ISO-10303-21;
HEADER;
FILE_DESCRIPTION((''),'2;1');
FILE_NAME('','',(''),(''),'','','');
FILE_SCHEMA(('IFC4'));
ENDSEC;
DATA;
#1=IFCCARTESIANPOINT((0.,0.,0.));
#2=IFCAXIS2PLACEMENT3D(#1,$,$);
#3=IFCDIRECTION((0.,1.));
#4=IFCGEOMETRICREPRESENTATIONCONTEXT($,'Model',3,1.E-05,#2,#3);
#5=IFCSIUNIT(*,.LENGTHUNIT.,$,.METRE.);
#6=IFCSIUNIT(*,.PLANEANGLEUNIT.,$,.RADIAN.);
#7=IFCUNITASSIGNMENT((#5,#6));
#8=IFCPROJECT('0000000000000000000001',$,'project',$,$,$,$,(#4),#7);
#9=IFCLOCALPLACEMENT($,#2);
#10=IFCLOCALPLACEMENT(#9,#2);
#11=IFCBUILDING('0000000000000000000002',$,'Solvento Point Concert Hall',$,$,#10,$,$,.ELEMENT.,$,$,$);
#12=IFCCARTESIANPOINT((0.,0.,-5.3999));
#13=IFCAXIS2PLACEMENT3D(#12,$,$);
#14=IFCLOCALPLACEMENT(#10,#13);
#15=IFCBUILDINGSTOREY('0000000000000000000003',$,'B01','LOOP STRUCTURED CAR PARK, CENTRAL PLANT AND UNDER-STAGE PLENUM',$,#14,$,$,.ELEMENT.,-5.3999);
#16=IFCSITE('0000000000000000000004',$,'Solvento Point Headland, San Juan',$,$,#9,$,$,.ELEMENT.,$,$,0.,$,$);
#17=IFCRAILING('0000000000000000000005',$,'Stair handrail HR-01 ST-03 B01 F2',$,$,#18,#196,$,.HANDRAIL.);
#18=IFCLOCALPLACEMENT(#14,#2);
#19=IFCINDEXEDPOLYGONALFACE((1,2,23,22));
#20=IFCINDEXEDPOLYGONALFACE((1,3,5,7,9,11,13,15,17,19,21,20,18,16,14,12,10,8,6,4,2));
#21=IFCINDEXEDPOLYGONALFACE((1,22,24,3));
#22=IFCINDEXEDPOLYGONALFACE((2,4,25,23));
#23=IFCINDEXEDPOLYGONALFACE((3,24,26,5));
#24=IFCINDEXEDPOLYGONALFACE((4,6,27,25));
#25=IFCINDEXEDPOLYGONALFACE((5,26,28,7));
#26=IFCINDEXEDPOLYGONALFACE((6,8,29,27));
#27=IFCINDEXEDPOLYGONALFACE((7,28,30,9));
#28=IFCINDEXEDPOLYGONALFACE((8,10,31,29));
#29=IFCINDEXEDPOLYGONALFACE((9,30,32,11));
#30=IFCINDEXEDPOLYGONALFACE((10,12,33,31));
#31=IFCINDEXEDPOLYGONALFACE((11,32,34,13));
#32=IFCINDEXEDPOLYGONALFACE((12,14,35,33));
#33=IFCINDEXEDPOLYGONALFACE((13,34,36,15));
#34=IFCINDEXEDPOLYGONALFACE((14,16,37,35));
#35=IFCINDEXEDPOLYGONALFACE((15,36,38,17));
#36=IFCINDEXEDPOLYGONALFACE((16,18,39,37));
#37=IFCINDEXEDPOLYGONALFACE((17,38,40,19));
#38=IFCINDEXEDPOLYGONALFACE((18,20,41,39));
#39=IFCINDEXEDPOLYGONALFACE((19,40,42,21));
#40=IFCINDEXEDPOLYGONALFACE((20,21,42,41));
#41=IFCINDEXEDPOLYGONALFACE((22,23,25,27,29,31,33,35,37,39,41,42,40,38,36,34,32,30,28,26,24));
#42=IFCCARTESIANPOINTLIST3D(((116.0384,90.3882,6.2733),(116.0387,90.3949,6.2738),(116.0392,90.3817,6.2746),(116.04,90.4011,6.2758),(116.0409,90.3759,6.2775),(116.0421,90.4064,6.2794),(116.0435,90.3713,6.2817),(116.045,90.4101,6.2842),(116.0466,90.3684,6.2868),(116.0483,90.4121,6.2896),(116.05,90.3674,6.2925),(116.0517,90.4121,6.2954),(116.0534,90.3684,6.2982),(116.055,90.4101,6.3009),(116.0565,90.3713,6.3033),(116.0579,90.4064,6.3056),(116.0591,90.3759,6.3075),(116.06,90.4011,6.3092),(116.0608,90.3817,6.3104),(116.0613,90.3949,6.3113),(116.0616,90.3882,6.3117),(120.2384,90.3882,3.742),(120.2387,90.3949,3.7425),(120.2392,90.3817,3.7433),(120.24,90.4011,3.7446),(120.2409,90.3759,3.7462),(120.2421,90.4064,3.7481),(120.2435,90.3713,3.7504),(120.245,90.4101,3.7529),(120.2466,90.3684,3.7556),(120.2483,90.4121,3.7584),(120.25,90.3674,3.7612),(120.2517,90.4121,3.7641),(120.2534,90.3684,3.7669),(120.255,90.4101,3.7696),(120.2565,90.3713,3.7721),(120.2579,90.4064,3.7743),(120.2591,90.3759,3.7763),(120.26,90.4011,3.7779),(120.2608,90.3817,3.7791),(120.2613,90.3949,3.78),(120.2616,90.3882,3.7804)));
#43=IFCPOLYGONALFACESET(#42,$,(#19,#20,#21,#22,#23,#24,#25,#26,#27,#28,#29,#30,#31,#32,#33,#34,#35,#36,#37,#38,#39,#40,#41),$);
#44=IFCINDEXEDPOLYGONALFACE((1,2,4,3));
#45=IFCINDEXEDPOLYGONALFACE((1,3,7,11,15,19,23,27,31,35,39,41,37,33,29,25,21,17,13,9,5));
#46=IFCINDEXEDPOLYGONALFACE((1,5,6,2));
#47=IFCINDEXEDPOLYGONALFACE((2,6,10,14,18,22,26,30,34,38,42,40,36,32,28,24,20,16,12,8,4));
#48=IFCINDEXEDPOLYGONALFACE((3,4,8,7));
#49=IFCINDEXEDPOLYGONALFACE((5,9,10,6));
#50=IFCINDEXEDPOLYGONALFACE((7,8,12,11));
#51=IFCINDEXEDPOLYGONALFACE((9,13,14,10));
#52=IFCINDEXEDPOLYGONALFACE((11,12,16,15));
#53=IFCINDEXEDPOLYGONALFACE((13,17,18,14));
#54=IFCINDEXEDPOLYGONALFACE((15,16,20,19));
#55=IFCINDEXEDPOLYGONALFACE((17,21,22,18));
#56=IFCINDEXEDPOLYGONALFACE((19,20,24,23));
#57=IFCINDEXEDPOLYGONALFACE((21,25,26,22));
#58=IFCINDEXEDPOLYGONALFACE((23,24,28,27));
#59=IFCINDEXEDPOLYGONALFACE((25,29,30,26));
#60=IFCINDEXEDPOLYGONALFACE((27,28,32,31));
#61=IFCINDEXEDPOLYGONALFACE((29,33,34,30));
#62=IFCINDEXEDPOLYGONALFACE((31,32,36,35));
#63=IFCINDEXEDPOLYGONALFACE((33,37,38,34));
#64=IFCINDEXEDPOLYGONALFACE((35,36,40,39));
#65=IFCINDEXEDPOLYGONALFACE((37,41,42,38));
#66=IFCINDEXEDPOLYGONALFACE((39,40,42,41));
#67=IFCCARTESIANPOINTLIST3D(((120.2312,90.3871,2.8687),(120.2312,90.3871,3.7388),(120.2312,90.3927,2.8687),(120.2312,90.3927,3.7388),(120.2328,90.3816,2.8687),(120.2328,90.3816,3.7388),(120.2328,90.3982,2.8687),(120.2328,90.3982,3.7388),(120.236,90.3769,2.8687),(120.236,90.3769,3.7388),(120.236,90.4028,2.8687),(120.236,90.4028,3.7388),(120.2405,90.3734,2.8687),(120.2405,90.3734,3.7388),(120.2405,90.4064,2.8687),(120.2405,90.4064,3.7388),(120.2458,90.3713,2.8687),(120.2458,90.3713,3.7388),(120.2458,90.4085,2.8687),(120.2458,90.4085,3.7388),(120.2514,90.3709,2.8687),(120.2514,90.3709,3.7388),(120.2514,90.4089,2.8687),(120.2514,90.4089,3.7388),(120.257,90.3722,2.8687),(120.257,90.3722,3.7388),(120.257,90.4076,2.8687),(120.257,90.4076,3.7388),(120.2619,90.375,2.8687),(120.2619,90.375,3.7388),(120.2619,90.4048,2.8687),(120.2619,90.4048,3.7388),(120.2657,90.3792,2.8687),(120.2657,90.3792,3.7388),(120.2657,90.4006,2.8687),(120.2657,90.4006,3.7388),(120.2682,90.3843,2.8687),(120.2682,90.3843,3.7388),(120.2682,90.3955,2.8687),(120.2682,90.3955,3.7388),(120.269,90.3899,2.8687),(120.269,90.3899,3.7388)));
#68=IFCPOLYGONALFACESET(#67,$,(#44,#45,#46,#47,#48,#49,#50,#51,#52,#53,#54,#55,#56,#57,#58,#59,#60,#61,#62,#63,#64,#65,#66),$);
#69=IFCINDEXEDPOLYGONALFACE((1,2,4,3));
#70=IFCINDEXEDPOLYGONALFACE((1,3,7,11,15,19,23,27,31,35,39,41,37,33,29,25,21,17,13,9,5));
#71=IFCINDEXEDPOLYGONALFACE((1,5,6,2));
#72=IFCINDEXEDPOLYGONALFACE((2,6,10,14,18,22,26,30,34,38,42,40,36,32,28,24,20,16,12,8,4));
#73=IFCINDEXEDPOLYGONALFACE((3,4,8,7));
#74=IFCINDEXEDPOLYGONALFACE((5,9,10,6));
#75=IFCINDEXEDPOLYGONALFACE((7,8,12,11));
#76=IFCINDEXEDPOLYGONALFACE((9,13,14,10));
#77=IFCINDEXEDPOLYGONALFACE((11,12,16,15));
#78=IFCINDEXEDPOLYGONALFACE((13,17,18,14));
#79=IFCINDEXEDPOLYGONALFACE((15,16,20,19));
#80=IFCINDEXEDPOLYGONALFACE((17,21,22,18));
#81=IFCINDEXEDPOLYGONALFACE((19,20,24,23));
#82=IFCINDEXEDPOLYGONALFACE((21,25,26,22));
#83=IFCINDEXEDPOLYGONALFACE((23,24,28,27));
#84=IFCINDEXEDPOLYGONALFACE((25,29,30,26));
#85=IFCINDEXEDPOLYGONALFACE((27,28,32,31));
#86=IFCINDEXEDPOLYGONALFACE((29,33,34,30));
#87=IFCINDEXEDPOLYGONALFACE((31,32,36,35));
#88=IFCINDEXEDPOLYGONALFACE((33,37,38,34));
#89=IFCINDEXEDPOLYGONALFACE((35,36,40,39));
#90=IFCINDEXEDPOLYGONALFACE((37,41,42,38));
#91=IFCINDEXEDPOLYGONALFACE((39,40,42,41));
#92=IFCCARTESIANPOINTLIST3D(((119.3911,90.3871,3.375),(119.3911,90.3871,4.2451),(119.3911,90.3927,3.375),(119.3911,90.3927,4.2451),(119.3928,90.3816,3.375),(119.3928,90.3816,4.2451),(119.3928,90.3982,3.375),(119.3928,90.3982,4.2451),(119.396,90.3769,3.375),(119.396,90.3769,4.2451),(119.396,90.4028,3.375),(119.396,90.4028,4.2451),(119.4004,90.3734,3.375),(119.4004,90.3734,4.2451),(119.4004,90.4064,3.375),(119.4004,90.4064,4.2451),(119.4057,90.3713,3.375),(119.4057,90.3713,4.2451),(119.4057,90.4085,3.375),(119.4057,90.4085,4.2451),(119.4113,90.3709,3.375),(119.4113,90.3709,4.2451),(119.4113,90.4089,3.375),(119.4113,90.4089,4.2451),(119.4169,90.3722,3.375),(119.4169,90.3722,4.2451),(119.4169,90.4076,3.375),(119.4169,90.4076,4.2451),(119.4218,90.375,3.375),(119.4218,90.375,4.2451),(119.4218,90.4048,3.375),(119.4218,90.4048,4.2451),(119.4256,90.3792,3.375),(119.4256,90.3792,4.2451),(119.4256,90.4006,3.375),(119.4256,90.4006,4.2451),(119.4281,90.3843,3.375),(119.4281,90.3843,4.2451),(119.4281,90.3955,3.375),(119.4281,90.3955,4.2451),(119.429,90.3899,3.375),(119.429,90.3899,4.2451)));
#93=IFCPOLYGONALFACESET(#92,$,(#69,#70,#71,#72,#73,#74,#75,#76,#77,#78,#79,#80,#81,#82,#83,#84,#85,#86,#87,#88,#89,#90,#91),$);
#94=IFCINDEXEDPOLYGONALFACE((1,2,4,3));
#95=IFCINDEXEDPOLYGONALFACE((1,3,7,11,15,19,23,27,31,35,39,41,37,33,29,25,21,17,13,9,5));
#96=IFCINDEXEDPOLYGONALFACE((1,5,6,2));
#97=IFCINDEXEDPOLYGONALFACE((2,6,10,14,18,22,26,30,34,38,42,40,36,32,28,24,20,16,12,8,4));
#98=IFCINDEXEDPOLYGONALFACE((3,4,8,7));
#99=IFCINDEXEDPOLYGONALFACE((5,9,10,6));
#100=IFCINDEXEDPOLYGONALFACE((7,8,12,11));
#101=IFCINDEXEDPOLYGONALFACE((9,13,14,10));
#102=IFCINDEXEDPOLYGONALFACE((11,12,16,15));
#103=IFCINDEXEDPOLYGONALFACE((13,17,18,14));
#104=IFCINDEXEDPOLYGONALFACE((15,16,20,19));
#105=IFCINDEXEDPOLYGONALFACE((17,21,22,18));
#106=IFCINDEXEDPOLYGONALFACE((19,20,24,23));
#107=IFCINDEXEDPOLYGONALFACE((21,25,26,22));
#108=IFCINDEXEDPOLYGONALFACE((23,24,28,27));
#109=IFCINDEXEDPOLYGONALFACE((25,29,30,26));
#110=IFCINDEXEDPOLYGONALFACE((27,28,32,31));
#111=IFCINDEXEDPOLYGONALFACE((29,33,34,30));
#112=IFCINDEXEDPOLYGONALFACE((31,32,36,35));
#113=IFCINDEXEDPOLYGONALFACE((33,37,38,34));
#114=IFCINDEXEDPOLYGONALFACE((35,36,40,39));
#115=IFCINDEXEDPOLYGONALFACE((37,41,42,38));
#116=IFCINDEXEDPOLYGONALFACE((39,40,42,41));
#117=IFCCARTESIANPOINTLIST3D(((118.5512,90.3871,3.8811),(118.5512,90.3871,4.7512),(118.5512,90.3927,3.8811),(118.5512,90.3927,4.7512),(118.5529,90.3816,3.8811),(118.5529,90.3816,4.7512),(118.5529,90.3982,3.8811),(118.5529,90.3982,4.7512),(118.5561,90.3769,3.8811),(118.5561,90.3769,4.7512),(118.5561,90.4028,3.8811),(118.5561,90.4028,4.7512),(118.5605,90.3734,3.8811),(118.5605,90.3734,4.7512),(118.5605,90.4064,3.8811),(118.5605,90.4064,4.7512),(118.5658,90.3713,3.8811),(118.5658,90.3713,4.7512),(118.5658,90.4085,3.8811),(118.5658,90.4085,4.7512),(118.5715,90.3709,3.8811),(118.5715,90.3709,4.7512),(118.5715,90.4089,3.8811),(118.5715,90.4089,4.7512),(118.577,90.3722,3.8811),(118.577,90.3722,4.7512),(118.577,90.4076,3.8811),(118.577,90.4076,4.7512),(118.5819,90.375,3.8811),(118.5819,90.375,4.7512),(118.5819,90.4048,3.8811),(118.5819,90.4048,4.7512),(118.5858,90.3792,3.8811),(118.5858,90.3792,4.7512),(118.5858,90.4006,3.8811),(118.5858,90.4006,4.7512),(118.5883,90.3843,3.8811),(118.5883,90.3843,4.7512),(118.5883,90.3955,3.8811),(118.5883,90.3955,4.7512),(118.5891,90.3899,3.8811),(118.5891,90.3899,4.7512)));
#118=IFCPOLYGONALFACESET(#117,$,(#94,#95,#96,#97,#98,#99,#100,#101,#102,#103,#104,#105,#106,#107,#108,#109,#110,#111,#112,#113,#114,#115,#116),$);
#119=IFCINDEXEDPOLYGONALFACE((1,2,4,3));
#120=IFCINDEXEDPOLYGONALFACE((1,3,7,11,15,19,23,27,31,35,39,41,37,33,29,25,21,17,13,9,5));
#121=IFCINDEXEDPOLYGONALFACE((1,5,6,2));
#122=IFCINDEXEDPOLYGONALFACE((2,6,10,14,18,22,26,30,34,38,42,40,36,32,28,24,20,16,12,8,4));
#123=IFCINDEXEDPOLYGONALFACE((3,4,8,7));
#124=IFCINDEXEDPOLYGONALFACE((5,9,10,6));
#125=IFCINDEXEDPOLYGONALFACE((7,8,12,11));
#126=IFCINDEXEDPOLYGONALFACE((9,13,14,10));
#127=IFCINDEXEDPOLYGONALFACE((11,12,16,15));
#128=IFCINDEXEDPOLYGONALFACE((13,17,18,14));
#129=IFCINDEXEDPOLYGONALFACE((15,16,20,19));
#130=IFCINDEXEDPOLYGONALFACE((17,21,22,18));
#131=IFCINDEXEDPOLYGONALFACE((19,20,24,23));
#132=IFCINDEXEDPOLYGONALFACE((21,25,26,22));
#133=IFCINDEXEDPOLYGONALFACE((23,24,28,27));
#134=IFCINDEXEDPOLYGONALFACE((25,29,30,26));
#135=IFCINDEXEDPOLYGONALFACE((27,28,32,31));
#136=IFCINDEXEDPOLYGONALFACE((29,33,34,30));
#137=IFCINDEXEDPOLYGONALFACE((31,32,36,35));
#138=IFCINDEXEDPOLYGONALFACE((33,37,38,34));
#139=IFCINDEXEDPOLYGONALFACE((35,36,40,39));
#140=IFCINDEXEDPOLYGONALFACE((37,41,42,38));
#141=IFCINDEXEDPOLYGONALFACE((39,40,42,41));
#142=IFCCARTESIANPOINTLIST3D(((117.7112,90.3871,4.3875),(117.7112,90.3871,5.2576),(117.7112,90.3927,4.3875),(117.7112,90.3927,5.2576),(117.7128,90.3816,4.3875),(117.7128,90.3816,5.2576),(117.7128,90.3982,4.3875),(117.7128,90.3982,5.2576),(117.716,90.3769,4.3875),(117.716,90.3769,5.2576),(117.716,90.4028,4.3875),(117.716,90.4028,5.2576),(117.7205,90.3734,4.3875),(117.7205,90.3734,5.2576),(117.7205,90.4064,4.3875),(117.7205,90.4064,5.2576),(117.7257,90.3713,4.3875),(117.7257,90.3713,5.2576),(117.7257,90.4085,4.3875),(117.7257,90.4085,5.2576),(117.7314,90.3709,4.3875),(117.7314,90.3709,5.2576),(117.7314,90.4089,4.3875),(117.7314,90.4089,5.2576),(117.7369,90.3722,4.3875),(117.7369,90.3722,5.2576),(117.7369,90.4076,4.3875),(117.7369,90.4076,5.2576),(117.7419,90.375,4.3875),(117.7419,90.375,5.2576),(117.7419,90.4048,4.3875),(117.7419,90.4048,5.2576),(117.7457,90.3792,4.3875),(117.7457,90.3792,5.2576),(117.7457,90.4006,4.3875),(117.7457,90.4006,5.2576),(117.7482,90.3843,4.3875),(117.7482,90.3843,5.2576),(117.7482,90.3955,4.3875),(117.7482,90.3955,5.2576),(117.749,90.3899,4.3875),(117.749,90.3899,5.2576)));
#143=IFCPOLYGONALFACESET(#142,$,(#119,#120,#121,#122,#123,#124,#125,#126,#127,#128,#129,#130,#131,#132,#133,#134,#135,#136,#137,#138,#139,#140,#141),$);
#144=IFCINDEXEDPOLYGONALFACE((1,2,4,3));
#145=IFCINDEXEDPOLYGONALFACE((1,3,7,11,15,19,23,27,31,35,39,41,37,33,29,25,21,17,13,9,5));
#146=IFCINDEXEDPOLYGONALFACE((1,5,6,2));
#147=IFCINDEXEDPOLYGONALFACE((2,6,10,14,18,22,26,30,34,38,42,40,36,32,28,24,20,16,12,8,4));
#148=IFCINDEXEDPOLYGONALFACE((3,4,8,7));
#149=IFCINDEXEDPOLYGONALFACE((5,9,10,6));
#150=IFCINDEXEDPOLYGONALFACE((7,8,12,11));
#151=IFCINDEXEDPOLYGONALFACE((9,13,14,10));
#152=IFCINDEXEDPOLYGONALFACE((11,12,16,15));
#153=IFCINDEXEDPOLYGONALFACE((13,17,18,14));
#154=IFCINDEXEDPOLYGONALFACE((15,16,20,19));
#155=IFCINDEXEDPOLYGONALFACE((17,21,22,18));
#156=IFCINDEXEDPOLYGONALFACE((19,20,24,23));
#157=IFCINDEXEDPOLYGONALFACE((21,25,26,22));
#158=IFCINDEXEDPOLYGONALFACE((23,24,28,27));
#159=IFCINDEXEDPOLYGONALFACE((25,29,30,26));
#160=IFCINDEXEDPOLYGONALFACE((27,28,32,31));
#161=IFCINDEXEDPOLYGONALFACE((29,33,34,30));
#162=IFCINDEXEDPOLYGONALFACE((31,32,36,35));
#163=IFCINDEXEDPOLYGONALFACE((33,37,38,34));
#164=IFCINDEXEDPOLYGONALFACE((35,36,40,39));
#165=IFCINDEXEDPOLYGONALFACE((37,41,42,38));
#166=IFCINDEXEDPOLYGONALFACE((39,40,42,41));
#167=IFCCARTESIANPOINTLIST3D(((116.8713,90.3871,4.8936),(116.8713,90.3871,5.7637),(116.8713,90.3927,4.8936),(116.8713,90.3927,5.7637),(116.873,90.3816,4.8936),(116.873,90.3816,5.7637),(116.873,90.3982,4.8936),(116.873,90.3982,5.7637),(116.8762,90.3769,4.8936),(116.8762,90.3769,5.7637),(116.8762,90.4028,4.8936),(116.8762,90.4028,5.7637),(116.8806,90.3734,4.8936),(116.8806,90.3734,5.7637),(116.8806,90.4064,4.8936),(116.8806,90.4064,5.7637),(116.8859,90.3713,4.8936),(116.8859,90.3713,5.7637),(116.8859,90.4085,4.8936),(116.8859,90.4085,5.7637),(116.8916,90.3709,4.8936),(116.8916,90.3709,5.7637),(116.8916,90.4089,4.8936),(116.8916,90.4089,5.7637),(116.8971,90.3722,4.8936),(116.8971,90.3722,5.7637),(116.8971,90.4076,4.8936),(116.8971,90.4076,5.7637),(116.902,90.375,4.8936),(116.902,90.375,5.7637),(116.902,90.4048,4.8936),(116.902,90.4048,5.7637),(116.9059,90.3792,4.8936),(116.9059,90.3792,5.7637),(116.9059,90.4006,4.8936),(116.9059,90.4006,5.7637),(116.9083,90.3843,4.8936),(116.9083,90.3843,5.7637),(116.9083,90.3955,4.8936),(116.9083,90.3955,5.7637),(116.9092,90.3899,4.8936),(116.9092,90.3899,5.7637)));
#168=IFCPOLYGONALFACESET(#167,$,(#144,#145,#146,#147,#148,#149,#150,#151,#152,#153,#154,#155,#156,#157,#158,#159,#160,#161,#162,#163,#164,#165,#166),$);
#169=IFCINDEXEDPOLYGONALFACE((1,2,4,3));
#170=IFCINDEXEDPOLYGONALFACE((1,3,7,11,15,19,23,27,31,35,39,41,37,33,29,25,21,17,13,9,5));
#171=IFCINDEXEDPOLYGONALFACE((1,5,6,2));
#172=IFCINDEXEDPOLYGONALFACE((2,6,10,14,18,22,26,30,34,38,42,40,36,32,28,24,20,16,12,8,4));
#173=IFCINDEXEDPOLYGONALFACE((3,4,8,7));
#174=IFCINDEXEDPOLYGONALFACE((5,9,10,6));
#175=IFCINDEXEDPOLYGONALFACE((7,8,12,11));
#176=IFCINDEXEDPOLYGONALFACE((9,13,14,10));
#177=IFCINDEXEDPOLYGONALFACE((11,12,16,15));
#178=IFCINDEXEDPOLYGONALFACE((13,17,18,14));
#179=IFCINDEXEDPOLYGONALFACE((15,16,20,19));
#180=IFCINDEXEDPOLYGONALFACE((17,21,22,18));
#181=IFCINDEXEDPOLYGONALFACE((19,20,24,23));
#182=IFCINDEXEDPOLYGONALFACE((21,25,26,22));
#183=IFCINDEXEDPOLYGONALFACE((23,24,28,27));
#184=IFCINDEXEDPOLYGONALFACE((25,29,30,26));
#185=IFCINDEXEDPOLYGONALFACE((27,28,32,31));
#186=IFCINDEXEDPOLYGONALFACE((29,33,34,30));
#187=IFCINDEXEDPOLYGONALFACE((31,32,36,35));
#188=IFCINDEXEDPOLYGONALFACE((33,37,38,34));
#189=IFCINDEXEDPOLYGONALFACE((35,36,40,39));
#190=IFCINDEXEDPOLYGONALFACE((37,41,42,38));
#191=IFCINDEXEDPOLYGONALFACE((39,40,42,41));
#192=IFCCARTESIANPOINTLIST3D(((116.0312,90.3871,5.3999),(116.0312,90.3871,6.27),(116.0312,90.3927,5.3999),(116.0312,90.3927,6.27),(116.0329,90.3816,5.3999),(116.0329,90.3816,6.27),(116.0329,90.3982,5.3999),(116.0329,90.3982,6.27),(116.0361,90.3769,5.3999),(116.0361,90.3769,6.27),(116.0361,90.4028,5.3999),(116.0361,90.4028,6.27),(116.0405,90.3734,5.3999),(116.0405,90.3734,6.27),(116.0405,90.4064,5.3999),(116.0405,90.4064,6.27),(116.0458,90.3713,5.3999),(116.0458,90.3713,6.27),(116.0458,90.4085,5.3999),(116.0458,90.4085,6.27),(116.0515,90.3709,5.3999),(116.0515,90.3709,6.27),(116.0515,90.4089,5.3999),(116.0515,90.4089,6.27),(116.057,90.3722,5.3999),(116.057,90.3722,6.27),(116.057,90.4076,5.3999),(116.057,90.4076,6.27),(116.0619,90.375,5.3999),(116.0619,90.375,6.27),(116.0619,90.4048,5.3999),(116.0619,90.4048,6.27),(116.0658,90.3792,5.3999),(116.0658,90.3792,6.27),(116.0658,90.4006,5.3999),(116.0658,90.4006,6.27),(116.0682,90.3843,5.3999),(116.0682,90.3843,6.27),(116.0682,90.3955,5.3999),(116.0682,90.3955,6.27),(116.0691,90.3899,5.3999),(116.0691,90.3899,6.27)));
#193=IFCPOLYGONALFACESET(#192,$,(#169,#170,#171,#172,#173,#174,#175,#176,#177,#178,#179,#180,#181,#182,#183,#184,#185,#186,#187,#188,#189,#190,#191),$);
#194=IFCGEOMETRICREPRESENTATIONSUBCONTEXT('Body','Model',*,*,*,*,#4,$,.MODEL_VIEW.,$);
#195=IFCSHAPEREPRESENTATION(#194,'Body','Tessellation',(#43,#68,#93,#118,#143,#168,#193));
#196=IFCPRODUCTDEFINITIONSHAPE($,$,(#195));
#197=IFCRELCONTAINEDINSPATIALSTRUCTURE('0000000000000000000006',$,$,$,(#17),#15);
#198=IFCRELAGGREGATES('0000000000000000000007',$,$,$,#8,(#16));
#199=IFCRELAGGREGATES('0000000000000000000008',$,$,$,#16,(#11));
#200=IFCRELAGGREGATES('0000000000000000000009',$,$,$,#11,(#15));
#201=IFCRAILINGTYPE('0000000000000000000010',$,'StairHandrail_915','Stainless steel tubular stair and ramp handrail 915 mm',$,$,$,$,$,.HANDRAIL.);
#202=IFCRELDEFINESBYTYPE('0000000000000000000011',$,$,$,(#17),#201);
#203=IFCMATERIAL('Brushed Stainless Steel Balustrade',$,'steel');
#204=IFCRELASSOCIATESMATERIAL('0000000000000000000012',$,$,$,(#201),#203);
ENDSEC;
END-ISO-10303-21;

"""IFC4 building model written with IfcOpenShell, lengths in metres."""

from ifc_helpers import new_model, si_unit, direction, frame, origin, origin_2d, place, context, subcontext, project, spatial, circle, extrude, material, type_object, element, save


model = new_model("IFC4")

# Units and contexts
model_context = context("Model", 3, precision=1e-05, world=origin(), true_north=direction((0.0, 1.0)))
body_context = subcontext(model_context, "Body", "Model", "MODEL_VIEW")
ifc_project = project(units=[si_unit("LENGTHUNIT", "METRE"), si_unit("PLANEANGLEUNIT", "RADIAN")], contexts=[model_context])

# Site, building, storey
site_placement = place(None, origin())
site = spatial("IfcSite", under=ifc_project, at=site_placement, Name="Solvento Point Headland, San Juan", CompositionType="ELEMENT", RefElevation=0.0)
building_placement = place(site_placement, origin())
building = spatial("IfcBuilding", under=site, at=building_placement, Name="Solvento Point Concert Hall", CompositionType="ELEMENT")
storey_placement = place(building_placement, frame((0.0, 0.0, -5.3999)))
storey = spatial("IfcBuildingStorey", under=building, at=storey_placement, Name="B01", Description="LOOP STRUCTURED CAR PARK, CENTRAL PLANT AND UNDER-STAGE PLENUM", CompositionType="ELEMENT", Elevation=-5.3999)

# Railing
ifc_material_1 = material(Name="Brushed Stainless Steel Balustrade", Category="steel")
railing_type_1 = type_object("IfcRailingType", Name="StairHandrail_915", Description="Stainless steel tubular stair and ramp handrail 915 mm", PredefinedType="HANDRAIL", material=ifc_material_1)
railing_1_placement = place(storey_placement, frame((120.25, 90.3899, 2.8687)))
element("IfcRailing", 1, at=railing_1_placement, inside=storey, type_object=railing_type_1, Name="Stair handrail HR-01 ST-03 B01 F2", PredefinedType="HANDRAIL", context=body_context, shape_type="SweptSolid", body=[
    extrude(circle(Radius=0.0225, at=origin_2d()), frame((0.0, 0.0, 0.8926), z_axis=(-0.856476, 0.0, 0.516186), x_axis=(0.0, -1.0, 0.0)), (0.0, 0.0, 1.0), 4.9038),
    extrude(circle(Radius=0.019, at=origin_2d()), origin(), (0.0, 0.0, 1.0), 0.8701),
    extrude(circle(Radius=0.019, at=origin_2d()), frame((-0.8401, 0.0, 0.5063)), (0.0, 0.0, 1.0), 0.8701),
    extrude(circle(Radius=0.019, at=origin_2d()), frame((-1.6799, 0.0, 1.0125)), (0.0, 0.0, 1.0), 0.8701),
    extrude(circle(Radius=0.019, at=origin_2d()), frame((-2.52, 0.0, 1.5188)), (0.0, 0.0, 1.0), 0.8701),
    extrude(circle(Radius=0.019, at=origin_2d()), frame((-3.3599, 0.0, 2.0249)), (0.0, 0.0, 1.0), 0.8701),
    extrude(circle(Radius=0.019, at=origin_2d()), frame((-4.2, 0.0, 2.5312)), (0.0, 0.0, 1.0), 0.8701),
])

save(model, "model.ifc")
